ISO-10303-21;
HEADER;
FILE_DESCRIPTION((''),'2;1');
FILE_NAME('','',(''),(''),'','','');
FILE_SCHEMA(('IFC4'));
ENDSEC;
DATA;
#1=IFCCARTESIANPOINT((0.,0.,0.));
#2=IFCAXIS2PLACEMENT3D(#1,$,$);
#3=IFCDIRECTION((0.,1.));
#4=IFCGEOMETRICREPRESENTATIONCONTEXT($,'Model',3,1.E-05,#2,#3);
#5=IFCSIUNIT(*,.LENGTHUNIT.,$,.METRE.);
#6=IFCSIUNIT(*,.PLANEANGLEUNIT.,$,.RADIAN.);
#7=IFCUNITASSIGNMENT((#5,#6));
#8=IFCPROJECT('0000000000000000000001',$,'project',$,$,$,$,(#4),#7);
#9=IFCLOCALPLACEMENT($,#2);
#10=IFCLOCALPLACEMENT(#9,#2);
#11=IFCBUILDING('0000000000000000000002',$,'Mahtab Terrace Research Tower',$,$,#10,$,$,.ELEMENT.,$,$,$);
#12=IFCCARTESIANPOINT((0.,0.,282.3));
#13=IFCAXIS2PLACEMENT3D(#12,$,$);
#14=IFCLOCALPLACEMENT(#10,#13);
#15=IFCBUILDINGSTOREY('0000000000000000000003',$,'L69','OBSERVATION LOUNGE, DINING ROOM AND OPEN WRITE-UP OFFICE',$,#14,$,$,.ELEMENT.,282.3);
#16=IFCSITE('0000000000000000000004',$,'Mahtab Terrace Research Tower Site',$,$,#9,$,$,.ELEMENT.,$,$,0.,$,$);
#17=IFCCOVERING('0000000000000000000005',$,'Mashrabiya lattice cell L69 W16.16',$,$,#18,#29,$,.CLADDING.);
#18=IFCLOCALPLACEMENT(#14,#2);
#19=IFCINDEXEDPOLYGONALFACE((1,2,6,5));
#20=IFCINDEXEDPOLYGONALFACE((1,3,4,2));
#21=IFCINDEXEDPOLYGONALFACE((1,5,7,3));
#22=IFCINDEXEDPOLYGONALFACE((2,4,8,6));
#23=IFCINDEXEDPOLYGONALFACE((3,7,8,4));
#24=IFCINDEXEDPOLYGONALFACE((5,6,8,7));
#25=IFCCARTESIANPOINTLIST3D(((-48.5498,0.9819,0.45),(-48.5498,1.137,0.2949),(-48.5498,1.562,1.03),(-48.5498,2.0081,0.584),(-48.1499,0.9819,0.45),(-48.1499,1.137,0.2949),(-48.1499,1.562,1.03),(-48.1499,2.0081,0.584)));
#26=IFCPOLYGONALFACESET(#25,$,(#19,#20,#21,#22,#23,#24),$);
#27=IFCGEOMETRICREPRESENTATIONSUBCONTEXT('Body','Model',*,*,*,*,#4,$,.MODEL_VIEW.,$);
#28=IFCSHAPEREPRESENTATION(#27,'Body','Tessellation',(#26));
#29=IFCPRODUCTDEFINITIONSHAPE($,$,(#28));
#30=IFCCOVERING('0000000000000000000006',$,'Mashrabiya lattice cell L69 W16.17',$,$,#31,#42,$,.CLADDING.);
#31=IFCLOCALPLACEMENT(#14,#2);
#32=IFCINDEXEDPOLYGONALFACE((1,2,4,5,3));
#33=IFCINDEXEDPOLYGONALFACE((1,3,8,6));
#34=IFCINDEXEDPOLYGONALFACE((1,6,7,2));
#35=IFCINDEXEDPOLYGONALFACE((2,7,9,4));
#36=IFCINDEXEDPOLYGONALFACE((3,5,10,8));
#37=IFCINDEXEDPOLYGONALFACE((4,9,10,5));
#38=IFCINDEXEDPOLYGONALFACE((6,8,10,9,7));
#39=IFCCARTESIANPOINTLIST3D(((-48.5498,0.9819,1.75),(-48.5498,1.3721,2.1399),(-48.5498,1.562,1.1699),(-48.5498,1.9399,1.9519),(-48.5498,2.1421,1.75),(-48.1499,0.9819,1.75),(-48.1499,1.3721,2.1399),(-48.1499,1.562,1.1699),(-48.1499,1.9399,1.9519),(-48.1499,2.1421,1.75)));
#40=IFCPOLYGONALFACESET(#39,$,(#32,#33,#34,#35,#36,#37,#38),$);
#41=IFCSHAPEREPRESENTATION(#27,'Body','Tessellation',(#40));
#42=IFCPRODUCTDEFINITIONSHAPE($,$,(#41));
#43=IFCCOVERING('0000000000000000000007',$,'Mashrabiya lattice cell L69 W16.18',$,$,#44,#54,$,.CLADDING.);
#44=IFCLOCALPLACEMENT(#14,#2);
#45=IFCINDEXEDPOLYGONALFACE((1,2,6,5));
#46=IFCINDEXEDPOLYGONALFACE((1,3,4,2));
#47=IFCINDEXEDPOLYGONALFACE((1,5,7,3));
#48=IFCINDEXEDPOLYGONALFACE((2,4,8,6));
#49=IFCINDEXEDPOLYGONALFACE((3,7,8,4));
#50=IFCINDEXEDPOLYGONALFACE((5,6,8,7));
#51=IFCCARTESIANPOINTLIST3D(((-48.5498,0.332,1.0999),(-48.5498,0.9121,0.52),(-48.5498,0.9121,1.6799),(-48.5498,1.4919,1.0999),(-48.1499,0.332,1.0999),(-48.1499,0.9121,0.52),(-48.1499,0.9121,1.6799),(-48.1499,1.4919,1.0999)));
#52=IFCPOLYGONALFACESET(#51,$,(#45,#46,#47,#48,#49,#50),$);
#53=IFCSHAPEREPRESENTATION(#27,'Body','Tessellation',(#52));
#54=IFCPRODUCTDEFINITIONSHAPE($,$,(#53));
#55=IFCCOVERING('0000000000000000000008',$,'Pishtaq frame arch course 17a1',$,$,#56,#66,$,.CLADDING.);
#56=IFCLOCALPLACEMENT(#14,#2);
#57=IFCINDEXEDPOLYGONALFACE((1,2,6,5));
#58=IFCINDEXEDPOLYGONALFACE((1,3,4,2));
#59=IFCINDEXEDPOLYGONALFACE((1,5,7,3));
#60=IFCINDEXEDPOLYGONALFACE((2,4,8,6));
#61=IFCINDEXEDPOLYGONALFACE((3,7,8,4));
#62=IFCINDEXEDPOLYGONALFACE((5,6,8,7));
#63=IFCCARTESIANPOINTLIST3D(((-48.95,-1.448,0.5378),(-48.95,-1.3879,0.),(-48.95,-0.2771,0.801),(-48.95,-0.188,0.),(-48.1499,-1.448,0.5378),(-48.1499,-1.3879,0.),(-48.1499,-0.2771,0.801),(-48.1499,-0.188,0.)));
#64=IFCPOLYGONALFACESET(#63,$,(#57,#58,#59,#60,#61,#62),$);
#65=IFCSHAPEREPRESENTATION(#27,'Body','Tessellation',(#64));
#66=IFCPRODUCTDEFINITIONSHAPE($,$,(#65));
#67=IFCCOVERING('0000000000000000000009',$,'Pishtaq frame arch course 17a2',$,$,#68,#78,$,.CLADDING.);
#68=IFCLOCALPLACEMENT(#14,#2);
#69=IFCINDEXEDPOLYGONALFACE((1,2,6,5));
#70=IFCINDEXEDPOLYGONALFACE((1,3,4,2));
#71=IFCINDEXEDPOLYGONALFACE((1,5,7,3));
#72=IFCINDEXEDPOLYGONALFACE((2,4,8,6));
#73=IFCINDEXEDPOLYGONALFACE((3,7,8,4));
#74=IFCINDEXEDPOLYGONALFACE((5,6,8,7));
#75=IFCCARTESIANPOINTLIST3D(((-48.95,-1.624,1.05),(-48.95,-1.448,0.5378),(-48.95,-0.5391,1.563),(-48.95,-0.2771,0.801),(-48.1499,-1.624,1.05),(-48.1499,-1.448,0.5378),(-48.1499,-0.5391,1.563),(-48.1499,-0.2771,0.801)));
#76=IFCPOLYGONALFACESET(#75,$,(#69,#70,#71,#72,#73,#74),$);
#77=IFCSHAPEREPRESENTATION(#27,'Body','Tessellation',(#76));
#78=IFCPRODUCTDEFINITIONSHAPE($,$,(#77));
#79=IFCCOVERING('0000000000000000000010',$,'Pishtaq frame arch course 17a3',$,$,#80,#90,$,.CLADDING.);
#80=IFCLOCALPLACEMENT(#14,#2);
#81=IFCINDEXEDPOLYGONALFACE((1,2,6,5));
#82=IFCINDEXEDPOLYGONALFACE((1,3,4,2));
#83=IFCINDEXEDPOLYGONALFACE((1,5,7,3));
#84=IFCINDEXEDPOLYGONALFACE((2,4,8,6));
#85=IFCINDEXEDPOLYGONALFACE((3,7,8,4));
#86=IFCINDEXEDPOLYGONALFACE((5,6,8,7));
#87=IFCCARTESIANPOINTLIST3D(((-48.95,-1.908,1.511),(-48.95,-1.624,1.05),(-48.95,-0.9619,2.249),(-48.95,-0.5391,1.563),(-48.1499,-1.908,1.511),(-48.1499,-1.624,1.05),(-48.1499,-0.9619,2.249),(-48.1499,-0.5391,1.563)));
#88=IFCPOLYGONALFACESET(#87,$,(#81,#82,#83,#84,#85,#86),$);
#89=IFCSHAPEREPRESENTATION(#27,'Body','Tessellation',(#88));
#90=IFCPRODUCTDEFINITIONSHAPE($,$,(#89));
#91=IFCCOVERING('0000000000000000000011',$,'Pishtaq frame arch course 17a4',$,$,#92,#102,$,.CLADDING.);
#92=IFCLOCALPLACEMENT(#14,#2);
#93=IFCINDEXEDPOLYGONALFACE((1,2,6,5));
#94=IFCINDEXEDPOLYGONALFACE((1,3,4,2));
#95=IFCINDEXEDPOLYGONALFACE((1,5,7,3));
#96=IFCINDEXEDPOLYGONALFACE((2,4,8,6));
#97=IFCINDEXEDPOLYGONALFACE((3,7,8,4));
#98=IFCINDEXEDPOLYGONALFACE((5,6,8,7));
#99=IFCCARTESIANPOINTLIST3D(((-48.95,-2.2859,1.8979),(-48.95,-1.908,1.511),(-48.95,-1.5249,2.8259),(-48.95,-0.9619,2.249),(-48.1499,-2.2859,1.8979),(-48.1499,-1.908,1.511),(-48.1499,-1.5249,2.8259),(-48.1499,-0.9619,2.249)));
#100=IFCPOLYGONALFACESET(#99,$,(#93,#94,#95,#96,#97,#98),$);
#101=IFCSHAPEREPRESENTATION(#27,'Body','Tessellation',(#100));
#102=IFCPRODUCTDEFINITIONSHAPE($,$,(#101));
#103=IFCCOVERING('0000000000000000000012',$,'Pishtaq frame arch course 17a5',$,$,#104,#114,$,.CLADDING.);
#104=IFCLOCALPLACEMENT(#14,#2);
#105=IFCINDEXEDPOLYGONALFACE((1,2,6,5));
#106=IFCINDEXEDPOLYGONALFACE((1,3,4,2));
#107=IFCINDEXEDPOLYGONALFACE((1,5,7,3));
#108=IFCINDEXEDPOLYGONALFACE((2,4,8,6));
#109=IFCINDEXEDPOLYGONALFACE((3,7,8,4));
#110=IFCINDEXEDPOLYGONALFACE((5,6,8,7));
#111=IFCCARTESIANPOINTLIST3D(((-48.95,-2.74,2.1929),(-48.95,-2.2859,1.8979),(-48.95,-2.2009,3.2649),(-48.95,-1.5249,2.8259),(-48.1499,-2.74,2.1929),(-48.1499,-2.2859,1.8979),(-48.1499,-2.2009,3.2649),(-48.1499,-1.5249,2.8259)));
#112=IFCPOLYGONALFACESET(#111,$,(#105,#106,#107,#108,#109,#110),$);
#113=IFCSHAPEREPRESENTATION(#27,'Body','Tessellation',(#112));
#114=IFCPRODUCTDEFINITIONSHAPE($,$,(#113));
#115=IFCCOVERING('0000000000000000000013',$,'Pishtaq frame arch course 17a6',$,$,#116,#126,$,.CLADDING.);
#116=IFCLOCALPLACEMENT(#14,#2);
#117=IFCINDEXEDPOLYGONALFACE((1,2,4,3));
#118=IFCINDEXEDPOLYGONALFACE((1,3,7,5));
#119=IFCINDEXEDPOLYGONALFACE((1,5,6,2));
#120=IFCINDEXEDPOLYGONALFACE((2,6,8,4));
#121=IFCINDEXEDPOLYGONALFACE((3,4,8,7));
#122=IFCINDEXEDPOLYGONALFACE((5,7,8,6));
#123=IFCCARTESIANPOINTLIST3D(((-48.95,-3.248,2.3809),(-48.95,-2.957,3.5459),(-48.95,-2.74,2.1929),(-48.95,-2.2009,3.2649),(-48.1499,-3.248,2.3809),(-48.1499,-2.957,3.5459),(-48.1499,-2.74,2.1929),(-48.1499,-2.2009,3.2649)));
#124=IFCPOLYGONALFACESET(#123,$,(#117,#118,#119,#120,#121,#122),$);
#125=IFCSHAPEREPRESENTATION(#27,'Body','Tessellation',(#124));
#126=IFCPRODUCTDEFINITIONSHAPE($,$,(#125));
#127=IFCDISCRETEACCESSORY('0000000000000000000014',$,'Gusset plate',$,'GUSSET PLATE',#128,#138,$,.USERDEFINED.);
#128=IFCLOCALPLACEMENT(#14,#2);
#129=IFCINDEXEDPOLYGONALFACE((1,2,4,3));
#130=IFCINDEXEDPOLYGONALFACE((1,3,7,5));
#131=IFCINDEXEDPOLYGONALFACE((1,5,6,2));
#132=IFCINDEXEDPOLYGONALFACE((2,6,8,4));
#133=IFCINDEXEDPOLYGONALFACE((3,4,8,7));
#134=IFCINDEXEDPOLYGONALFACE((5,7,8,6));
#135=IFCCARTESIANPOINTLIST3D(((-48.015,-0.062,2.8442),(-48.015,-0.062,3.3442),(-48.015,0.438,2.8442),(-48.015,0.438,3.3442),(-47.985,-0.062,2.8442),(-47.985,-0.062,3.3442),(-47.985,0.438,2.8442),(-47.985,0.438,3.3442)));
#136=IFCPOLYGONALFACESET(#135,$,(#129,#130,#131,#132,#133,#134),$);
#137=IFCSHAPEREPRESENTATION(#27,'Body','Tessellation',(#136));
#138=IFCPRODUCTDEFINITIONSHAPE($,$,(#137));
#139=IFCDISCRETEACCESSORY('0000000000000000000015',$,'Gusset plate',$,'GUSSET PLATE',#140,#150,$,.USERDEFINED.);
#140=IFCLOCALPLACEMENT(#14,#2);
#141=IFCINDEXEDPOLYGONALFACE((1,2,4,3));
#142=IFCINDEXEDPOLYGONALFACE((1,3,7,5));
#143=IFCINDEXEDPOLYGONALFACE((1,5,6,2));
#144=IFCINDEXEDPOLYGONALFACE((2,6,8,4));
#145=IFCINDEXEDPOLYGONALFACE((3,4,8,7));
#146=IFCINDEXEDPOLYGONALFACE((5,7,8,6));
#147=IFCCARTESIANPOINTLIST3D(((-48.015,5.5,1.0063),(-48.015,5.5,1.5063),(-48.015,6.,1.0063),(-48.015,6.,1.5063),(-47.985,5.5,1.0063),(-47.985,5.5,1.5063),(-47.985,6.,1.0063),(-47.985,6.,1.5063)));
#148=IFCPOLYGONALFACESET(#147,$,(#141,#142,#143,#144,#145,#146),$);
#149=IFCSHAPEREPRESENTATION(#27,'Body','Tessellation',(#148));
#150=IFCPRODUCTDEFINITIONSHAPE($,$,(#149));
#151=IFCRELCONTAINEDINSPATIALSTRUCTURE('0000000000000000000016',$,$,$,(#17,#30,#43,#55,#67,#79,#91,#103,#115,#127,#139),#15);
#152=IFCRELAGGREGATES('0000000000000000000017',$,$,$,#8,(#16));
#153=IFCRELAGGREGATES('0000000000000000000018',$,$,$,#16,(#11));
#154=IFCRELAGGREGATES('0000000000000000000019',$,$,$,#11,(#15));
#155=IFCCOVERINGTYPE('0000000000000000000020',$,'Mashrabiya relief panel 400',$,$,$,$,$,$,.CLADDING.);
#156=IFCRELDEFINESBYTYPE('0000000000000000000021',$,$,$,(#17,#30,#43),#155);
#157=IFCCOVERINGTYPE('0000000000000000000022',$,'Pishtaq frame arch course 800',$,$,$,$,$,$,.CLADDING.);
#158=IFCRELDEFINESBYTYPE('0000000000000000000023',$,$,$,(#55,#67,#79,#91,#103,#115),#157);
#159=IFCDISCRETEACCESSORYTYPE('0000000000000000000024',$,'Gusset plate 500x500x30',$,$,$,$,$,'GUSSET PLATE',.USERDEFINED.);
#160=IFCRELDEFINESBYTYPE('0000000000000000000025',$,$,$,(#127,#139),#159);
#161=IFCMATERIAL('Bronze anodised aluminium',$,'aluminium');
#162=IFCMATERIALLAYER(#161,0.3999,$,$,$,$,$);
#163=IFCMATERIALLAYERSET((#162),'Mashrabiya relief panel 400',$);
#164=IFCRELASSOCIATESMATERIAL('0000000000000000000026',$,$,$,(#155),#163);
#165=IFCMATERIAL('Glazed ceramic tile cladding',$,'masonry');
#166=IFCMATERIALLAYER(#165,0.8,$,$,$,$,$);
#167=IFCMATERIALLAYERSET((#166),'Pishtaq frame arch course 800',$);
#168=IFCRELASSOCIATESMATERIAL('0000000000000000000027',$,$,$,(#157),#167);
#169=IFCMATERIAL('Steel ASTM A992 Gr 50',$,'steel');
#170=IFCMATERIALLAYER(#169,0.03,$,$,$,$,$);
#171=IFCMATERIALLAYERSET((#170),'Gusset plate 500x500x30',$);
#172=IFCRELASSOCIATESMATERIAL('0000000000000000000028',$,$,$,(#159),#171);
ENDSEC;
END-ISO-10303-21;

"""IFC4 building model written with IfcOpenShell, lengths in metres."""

from ifc_helpers import new_model, si_unit, direction, frame, origin, origin_2d, place, context, subcontext, project, spatial, polyline, rectangle, outline, extrude, material, layer, layer_set, type_object, element, save


model = new_model("IFC4")

# Units and contexts
model_context = context("Model", 3, precision=1e-05, world=origin(), true_north=direction((0.0, 1.0)))
body_context = subcontext(model_context, "Body", "Model", "MODEL_VIEW")
ifc_project = project(units=[si_unit("LENGTHUNIT", "METRE"), si_unit("PLANEANGLEUNIT", "RADIAN")], contexts=[model_context])

# Site, building, storey
site_placement = place(None, origin())
site = spatial("IfcSite", under=ifc_project, at=site_placement, Name="Mahtab Terrace Research Tower Site", CompositionType="ELEMENT", RefElevation=0.0)
building_placement = place(site_placement, origin())
building = spatial("IfcBuilding", under=site, at=building_placement, Name="Mahtab Terrace Research Tower", CompositionType="ELEMENT")
storey_placement = place(building_placement, frame((0.0, 0.0, 282.3)))
storey = spatial("IfcBuildingStorey", under=building, at=storey_placement, Name="L69", Description="OBSERVATION LOUNGE, DINING ROOM AND OPEN WRITE-UP OFFICE", CompositionType="ELEMENT", Elevation=282.3)

# Shared definitions
ifc_material_1 = material(Name="Steel ASTM A992 Gr 50", Category="steel")

# Coverings
ifc_material_2 = material(Name="Bronze anodised aluminium", Category="aluminium")
ifc_layer_1 = layer(ifc_material_2, 0.3999)
ifc_layer_set_1 = layer_set([ifc_layer_1], Name="Mashrabiya relief panel 400")
covering_type_1 = type_object("IfcCoveringType", Name="Mashrabiya relief panel 400", PredefinedType="CLADDING", material=ifc_layer_set_1)
covering_1_placement = place(storey_placement, frame((-48.1499, 1.562, 1.03), z_axis=(1.0, 0.0, 0.0), x_axis=(0.0, -0.707107, -0.707107)))
element("IfcCovering", 1, at=covering_1_placement, inside=storey, type_object=covering_type_1, Name="Mashrabiya lattice cell L69 W16.16", PredefinedType="CLADDING", context=body_context, shape_type="SweptSolid", body=[
    extrude(outline(polyline([(0.0, 0.0), (0.8204, 0.0), (0.8204, 0.2192), (0.0, 0.6308), (0.0, 0.0)])), origin(), (0.0, 0.0, -1.0), 0.3999),
])
covering_2_placement = place(storey_placement, frame((-48.1499, 0.9819, 1.75), z_axis=(1.0, 0.0, 0.0), x_axis=(0.0, 0.707107, -0.707107)))
element("IfcCovering", 2, at=covering_2_placement, inside=storey, type_object=covering_type_1, Name="Mashrabiya lattice cell L69 W16.17", PredefinedType="CLADDING", context=body_context, shape_type="SweptSolid", body=[
    extrude(outline(polyline([(0.0, 0.0), (0.8204, 0.0), (0.8204, 0.8204), (0.5346, 0.8202), (0.0002, 0.5516), (0.0, 0.0)])), origin(), (0.0, 0.0, -1.0), 0.3999),
])
covering_3_placement = place(storey_placement, frame((-48.1499, 0.9121, 1.6799), z_axis=(1.0, 0.0, 0.0), x_axis=(0.0, -0.707107, -0.707107)))
element("IfcCovering", 3, at=covering_3_placement, inside=storey, type_object=covering_type_1, Name="Mashrabiya lattice cell L69 W16.18", PredefinedType="CLADDING", context=body_context, shape_type="SweptSolid", body=[
    extrude(outline(polyline([(0.0, 0.0), (0.8204, 0.0), (0.8202, 0.8202), (0.0002, 0.8202), (0.0, 0.0)])), origin(), (0.0, 0.0, -1.0), 0.3999),
])
ifc_material_3 = material(Name="Glazed ceramic tile cladding", Category="masonry")
ifc_layer_2 = layer(ifc_material_3, 0.8)
ifc_layer_set_2 = layer_set([ifc_layer_2], Name="Pishtaq frame arch course 800")
covering_type_2 = type_object("IfcCoveringType", Name="Pishtaq frame arch course 800", PredefinedType="CLADDING", material=ifc_layer_set_2)
covering_4_placement = place(storey_placement, frame((-48.1499, -0.188, 0.0), z_axis=(1.0, 0.0, 0.0), x_axis=(0.0, -0.110565, 0.993869)))
element("IfcCovering", 4, at=covering_4_placement, inside=storey, type_object=covering_type_2, Name="Pishtaq frame arch course 17a1", PredefinedType="CLADDING", context=body_context, shape_type="SweptSolid", body=[
    extrude(outline(polyline([(0.0, 0.0), (0.806, 0.0), (0.6739, 1.1928), (0.1327, 1.1926), (0.0, 0.0)])), origin(), (0.0, 0.0, -1.0), 0.8),
])
covering_5_placement = place(storey_placement, frame((-48.1499, -0.2771, 0.801), z_axis=(1.0, 0.0, 0.0), x_axis=(0.0, -0.325122, 0.945672)))
element("IfcCovering", 5, at=covering_5_placement, inside=storey, type_object=covering_type_2, Name="Pishtaq frame arch course 17a2", PredefinedType="CLADDING", context=body_context, shape_type="SweptSolid", body=[
    extrude(outline(polyline([(0.0, 0.0), (0.8057, 0.0), (0.6734, 1.1928), (0.1318, 1.1929), (0.0, 0.0)])), origin(), (0.0, 0.0, -1.0), 0.8),
])
covering_6_placement = place(storey_placement, frame((-48.1499, -0.5391, 1.563), z_axis=(1.0, 0.0, 0.0), x_axis=(0.0, -0.524706, 0.851284)))
element("IfcCovering", 6, at=covering_6_placement, inside=storey, type_object=covering_type_2, Name="Pishtaq frame arch course 17a3", PredefinedType="CLADDING", context=body_context, shape_type="SweptSolid", body=[
    extrude(outline(polyline([(0.0, 0.0), (0.8059, 0.0), (0.674, 1.1926), (0.1326, 1.1928), (0.0, 0.0)])), origin(), (0.0, 0.0, -1.0), 0.8),
])
covering_7_placement = place(storey_placement, frame((-48.1499, -0.9619, 2.249), z_axis=(1.0, 0.0, 0.0), x_axis=(0.0, -0.698422, 0.715686)))
element("IfcCovering", 7, at=covering_7_placement, inside=storey, type_object=covering_type_2, Name="Pishtaq frame arch course 17a4", PredefinedType="CLADDING", context=body_context, shape_type="SweptSolid", body=[
    extrude(outline(polyline([(0.0, 0.0), (0.8061, 0.0), (0.6734, 1.1927), (0.1325, 1.1925), (0.0, 0.0)])), origin(), (0.0, 0.0, -1.0), 0.8),
])
covering_8_placement = place(storey_placement, frame((-48.1499, -1.5249, 2.8259), z_axis=(1.0, 0.0, 0.0), x_axis=(0.0, -0.8387, 0.544594)))
element("IfcCovering", 8, at=covering_8_placement, inside=storey, type_object=covering_type_2, Name="Pishtaq frame arch course 17a5", PredefinedType="CLADDING", context=body_context, shape_type="SweptSolid", body=[
    extrude(outline(polyline([(0.0, 0.0), (0.806, 0.0), (0.6743, 1.1927), (0.1329, 1.1927), (0.0, 0.0)])), origin(), (0.0, 0.0, -1.0), 0.8),
])
covering_9_placement = place(storey_placement, frame((-48.1499, -2.2009, 3.2649), z_axis=(1.0, 0.0, 0.0), x_axis=(0.0, -0.937358, 0.348369)))
element("IfcCovering", 9, at=covering_9_placement, inside=storey, type_object=covering_type_2, Name="Pishtaq frame arch course 17a6", PredefinedType="CLADDING", context=body_context, shape_type="SweptSolid", body=[
    extrude(outline(polyline([(0.0, 0.0), (0.8066, 0.0), (0.6736, 1.1934), (0.1318, 1.1927), (0.0, 0.0)])), origin(), (0.0, 0.0, -1.0), 0.8),
])

# Discrete accessories
ifc_layer_3 = layer(ifc_material_1, 0.03)
ifc_layer_set_3 = layer_set([ifc_layer_3], Name="Gusset plate 500x500x30")
discrete_accessory_type = type_object("IfcDiscreteAccessoryType", Name="Gusset plate 500x500x30", ElementType="GUSSET PLATE", PredefinedType="USERDEFINED", material=ifc_layer_set_3)
for number, where, z_axis, x_axis, name in (
    (10, (-48.0, 0.188, 2.8442), (0.0, 0.0, 1.0), (0.0, 1.0, 0.0), "Gusset plate"),
    (11, (-48.0, 5.75, 1.0063), (0.0, 0.0, 1.0), (0.0, 1.0, 0.0), "Gusset plate"),
):
    element("IfcDiscreteAccessory", number, at=place(storey_placement, frame(where, z_axis=z_axis, x_axis=x_axis)), inside=storey, type_object=discrete_accessory_type, Name=name, ObjectType="GUSSET PLATE", PredefinedType="USERDEFINED", context=body_context, shape_type="SweptSolid", body=[
        extrude(rectangle(XDim=0.5, YDim=0.03, at=origin_2d()), origin(), (0.0, 0.0, 1.0), 0.5),
    ])

save(model, "model.ifc")
